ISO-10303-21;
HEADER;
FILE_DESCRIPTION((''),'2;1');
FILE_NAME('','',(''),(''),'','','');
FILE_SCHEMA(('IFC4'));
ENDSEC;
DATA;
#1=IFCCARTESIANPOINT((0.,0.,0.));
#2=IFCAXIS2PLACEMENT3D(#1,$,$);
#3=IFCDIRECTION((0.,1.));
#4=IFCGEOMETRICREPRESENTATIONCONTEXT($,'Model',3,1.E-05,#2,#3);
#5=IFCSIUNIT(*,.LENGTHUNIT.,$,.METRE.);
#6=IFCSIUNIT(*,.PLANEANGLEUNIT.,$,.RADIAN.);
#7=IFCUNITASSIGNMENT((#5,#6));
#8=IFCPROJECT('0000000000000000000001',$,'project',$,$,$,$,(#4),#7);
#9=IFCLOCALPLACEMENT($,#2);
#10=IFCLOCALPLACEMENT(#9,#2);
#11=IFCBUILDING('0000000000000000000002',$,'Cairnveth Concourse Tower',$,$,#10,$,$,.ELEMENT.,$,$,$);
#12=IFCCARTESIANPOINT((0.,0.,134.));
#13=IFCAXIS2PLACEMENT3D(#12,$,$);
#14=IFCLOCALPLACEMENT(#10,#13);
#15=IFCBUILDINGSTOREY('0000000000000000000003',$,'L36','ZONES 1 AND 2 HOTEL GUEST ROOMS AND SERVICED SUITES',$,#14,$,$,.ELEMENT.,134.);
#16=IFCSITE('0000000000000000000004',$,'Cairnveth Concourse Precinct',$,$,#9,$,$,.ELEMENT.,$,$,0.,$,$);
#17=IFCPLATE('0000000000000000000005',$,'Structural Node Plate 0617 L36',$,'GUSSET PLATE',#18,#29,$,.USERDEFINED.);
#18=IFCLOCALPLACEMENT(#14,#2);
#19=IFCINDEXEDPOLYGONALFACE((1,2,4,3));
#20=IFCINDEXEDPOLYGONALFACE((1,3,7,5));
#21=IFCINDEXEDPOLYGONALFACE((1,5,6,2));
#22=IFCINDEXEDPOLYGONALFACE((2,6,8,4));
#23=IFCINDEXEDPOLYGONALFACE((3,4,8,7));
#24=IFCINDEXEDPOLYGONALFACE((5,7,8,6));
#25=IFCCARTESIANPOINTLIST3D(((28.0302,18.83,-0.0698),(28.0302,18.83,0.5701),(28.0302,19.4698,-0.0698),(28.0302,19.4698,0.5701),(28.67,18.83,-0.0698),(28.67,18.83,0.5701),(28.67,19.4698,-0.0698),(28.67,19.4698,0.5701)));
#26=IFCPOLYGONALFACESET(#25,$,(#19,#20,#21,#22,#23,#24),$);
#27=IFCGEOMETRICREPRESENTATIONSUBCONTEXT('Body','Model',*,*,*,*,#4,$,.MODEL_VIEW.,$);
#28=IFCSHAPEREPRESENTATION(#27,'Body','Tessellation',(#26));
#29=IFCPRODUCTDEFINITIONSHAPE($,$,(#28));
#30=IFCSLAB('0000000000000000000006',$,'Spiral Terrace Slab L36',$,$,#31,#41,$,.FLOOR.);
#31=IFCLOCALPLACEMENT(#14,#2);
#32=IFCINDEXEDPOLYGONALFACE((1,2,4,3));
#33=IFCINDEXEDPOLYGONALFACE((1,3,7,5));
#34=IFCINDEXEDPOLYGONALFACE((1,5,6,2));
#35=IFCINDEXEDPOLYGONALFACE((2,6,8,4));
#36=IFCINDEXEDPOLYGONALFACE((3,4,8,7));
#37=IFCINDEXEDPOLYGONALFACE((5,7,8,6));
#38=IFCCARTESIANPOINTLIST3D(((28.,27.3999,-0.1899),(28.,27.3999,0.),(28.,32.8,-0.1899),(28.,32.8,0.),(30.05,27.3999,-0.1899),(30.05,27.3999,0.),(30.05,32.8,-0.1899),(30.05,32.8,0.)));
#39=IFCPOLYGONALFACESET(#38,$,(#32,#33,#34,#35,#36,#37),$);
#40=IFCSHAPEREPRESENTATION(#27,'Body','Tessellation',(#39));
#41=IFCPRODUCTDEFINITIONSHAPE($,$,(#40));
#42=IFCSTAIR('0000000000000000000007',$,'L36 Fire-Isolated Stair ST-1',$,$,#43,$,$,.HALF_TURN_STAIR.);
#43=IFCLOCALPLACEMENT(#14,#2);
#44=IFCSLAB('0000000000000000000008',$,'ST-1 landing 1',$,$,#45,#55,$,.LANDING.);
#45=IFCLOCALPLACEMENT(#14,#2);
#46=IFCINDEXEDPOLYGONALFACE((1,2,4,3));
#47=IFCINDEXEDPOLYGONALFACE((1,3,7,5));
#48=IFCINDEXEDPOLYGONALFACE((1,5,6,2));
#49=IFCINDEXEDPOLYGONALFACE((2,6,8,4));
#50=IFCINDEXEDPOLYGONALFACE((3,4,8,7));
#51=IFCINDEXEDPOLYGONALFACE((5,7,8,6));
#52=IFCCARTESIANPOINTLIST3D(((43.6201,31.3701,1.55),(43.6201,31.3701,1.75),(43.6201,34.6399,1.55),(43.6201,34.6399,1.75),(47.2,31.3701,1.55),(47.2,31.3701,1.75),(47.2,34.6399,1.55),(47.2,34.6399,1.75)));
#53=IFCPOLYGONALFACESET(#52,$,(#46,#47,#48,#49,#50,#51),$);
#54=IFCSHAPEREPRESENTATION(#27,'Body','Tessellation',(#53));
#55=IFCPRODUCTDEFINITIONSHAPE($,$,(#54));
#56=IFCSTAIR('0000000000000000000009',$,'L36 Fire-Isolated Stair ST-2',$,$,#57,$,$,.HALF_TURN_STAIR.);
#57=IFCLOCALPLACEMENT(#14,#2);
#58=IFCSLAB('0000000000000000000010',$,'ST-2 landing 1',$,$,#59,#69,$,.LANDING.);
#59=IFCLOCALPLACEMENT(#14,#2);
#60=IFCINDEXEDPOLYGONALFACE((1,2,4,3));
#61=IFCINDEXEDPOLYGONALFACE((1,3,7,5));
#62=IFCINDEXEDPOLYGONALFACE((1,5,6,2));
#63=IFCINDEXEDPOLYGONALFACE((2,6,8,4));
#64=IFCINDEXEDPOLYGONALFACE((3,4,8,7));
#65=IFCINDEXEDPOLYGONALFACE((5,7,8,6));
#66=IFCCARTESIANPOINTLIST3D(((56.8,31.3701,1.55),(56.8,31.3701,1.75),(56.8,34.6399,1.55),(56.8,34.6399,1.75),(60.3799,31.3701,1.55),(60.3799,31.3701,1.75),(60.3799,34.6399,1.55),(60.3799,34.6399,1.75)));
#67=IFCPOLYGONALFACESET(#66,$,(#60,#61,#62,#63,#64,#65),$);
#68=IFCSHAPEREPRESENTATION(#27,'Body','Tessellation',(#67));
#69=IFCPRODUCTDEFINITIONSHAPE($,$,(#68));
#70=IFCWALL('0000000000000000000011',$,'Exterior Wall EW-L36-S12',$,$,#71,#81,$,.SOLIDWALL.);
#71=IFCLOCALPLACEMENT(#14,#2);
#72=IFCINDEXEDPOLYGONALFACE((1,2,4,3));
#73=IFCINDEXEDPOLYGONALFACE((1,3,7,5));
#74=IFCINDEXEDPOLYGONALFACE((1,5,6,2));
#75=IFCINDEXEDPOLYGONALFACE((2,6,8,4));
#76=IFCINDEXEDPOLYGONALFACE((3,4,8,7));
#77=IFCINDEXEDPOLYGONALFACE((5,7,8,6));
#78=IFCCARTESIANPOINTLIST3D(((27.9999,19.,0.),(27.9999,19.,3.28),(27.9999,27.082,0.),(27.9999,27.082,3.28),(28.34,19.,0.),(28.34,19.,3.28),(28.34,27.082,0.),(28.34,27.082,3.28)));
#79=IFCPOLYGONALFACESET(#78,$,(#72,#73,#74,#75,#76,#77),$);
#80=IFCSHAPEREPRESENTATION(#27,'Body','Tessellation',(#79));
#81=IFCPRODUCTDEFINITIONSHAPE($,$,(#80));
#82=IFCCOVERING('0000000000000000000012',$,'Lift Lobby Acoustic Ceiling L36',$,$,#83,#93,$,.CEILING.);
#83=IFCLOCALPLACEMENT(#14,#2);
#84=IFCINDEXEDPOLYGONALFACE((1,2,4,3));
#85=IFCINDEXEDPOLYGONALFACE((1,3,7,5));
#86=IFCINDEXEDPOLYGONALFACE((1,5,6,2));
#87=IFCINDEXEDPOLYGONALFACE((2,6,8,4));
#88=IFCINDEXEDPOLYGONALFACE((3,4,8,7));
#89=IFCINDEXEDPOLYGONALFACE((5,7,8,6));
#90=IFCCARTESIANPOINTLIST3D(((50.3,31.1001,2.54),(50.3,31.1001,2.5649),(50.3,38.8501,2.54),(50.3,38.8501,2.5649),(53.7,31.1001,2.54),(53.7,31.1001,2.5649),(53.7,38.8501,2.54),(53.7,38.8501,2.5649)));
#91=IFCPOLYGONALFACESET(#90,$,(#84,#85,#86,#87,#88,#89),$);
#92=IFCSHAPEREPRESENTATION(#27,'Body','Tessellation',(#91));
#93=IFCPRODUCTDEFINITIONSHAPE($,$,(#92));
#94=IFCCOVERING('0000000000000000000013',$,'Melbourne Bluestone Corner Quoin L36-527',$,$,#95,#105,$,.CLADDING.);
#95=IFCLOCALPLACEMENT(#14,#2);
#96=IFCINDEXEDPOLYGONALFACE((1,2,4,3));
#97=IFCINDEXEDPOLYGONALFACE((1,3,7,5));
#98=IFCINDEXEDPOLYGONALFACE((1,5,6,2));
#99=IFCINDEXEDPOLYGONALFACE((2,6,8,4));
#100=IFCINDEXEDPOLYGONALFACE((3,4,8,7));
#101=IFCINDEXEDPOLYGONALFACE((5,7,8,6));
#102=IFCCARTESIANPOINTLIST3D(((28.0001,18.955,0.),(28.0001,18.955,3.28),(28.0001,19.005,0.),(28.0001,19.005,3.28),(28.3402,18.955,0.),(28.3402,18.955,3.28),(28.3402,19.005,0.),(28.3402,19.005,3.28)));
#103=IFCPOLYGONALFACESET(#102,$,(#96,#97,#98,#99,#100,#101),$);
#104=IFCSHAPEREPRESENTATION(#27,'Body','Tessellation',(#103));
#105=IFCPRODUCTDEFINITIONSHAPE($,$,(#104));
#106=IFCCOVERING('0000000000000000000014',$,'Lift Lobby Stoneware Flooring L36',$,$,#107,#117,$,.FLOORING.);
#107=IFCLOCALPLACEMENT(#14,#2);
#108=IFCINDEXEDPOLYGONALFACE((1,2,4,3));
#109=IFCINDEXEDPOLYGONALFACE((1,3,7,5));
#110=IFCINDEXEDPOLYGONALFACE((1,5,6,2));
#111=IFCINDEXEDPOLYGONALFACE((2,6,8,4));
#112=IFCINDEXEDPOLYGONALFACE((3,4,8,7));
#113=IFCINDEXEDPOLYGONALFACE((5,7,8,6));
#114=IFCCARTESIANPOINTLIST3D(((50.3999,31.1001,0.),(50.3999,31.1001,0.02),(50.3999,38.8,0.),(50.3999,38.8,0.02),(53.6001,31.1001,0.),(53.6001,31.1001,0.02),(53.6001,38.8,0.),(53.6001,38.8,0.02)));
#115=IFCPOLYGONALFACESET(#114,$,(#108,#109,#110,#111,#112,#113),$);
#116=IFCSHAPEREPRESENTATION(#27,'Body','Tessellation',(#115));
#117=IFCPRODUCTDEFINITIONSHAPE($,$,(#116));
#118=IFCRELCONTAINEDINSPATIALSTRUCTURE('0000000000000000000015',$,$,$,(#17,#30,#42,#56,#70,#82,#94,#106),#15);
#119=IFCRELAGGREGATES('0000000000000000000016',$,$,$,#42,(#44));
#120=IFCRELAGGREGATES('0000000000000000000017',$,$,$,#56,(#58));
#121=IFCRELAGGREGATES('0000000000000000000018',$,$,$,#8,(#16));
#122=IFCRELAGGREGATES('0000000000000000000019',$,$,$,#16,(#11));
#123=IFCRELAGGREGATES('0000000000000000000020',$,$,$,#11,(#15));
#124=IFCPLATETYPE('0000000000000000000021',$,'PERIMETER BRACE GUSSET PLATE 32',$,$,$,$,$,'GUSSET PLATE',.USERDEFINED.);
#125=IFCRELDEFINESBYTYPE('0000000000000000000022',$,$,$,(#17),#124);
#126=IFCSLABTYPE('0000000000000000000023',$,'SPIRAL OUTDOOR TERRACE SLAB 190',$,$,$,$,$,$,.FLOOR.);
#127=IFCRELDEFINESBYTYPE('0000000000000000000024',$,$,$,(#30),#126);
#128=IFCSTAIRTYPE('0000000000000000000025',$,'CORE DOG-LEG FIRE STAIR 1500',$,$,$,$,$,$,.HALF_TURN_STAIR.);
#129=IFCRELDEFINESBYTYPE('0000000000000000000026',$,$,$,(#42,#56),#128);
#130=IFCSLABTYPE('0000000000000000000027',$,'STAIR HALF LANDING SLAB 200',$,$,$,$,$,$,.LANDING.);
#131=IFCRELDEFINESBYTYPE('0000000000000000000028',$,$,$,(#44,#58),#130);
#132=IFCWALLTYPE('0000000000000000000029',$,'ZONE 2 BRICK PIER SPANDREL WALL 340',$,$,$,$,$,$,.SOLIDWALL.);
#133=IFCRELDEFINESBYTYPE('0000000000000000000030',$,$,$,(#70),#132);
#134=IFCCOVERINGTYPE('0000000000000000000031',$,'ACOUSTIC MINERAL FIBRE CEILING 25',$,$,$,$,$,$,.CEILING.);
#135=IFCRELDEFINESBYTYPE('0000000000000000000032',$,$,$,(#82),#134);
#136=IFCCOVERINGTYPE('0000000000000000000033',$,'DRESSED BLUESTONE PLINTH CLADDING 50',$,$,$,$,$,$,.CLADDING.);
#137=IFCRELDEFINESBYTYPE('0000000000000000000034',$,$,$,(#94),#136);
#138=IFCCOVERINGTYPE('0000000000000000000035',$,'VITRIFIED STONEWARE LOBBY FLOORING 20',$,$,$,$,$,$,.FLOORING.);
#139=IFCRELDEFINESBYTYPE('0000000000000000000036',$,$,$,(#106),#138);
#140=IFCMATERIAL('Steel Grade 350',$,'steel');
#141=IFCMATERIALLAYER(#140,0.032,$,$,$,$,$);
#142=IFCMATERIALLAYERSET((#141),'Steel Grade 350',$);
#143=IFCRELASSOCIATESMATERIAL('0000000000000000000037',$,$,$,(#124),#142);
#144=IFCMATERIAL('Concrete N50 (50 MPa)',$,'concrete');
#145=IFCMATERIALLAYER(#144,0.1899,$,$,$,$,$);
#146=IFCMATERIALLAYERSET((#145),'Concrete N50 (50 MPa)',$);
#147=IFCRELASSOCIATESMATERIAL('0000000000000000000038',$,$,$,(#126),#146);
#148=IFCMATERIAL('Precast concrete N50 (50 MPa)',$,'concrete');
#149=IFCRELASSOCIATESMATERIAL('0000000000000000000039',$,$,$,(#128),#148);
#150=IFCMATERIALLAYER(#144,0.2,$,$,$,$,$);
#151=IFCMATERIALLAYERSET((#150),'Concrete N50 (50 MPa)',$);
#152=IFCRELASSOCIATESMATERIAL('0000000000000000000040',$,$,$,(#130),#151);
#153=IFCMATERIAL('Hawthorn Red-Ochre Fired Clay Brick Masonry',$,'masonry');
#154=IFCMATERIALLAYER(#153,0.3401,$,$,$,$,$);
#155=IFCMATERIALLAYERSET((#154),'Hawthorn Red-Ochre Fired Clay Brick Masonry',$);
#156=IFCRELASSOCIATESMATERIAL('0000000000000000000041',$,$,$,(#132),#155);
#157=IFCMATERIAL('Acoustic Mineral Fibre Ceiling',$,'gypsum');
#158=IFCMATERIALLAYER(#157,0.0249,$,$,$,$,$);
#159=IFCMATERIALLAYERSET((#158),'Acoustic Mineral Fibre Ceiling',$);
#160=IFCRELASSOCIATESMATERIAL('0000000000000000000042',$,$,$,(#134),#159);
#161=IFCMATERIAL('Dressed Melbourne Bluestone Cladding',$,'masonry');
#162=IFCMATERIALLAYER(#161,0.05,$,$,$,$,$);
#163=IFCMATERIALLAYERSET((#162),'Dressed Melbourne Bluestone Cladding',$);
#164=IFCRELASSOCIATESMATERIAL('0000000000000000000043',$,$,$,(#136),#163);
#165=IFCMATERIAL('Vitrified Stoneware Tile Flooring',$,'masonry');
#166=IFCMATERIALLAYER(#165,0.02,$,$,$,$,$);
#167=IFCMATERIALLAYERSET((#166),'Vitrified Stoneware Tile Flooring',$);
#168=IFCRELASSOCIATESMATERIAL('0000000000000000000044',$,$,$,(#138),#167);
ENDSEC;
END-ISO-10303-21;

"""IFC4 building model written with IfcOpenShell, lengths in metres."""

from ifc_helpers import new_model, si_unit, direction, frame, frame_2d, origin, origin_2d, place, context, subcontext, project, spatial, polyline, rectangle, outline, extrude, material, layer, layer_set, type_object, element, aggregate, save


model = new_model("IFC4")

# Units and contexts
model_context = context("Model", 3, precision=1e-05, world=origin(), true_north=direction((0.0, 1.0)))
body_context = subcontext(model_context, "Body", "Model", "MODEL_VIEW")
ifc_project = project(units=[si_unit("LENGTHUNIT", "METRE"), si_unit("PLANEANGLEUNIT", "RADIAN")], contexts=[model_context])

# Site, building, storey
site_placement = place(None, origin())
site = spatial("IfcSite", under=ifc_project, at=site_placement, Name="Cairnveth Concourse Precinct", CompositionType="ELEMENT", RefElevation=0.0)
building_placement = place(site_placement, origin())
building = spatial("IfcBuilding", under=site, at=building_placement, Name="Cairnveth Concourse Tower", CompositionType="ELEMENT")
storey_placement = place(building_placement, frame((0.0, 0.0, 134.0)))
storey = spatial("IfcBuildingStorey", under=building, at=storey_placement, Name="L36", Description="ZONES 1 AND 2 HOTEL GUEST ROOMS AND SERVICED SUITES", CompositionType="ELEMENT", Elevation=134.0)

# Shared definitions
ifc_material_1 = material(Name="Steel Grade 350", Category="steel")

# Shared definitions
ifc_material_2 = material(Name="Concrete N50 (50 MPa)", Category="concrete")

# Plate
ifc_layer_1 = layer(ifc_material_1, 0.032)
ifc_layer_set_1 = layer_set([ifc_layer_1], Name="Steel Grade 350")
plate_type = type_object("IfcPlateType", Name="PERIMETER BRACE GUSSET PLATE 32", ElementType="GUSSET PLATE", PredefinedType="USERDEFINED", material=ifc_layer_set_1)
plate_placement = place(storey_placement, frame((28.3501, 19.1499, -0.0698), z_axis=(0.0, 0.0, 1.0), x_axis=(1.0, 0.0, 0.0)))
element("IfcPlate", 1, at=plate_placement, inside=storey, type_object=plate_type, Name="Structural Node Plate 0617 L36", ObjectType="GUSSET PLATE", PredefinedType="USERDEFINED", context=body_context, shape_type="SweptSolid", body=[
    extrude(rectangle(XDim=0.6399, YDim=0.6399, at=origin_2d()), origin(), (0.0, 0.0, 1.0), 0.6399),
])

# Slab
ifc_layer_2 = layer(ifc_material_2, 0.1899)
ifc_layer_set_2 = layer_set([ifc_layer_2], Name="Concrete N50 (50 MPa)")
slab_type_1 = type_object("IfcSlabType", Name="SPIRAL OUTDOOR TERRACE SLAB 190", PredefinedType="FLOOR", material=ifc_layer_set_2)
slab_1_placement = place(storey_placement, frame((0.0, 0.0, -0.1899)))
element("IfcSlab", 2, at=slab_1_placement, inside=storey, type_object=slab_type_1, Name="Spiral Terrace Slab L36", PredefinedType="FLOOR", context=body_context, shape_type="SweptSolid", body=[
    extrude(outline(polyline([(28.0, 27.3999), (30.05, 27.3999), (30.05, 32.8), (28.0, 32.8), (28.0, 27.3999)])), origin(), (0.0, 0.0, 1.0), 0.1899),
])

# Stairs, slabs
ifc_material_3 = material(Name="Precast concrete N50 (50 MPa)", Category="concrete")
stair_type = type_object("IfcStairType", Name="CORE DOG-LEG FIRE STAIR 1500", PredefinedType="HALF_TURN_STAIR", material=ifc_material_3)
stair_1_placement = place(storey_placement, origin())
stair_1 = element("IfcStair", 3, at=stair_1_placement, inside=storey, type_object=stair_type, Name="L36 Fire-Isolated Stair ST-1", PredefinedType="HALF_TURN_STAIR")
ifc_layer_3 = layer(ifc_material_2, 0.2)
ifc_layer_set_3 = layer_set([ifc_layer_3], Name="Concrete N50 (50 MPa)")
slab_type_2 = type_object("IfcSlabType", Name="STAIR HALF LANDING SLAB 200", PredefinedType="LANDING", material=ifc_layer_set_3)
slab_2_placement = place(storey_placement, frame((0.0, 0.0, 1.55)))
slab_2 = element("IfcSlab", 4, at=slab_2_placement, type_object=slab_type_2, Name="ST-1 landing 1", PredefinedType="LANDING", context=body_context, shape_type="SweptSolid", body=[
    extrude(outline(polyline([(43.6201, 34.6399), (43.6201, 31.3701), (47.2, 31.3701), (47.2, 34.6399), (43.6201, 34.6399)])), origin(), (0.0, 0.0, 1.0), 0.2),
])
aggregate(stair_1, [slab_2])
stair_2_placement = place(storey_placement, origin())
stair_2 = element("IfcStair", 5, at=stair_2_placement, inside=storey, type_object=stair_type, Name="L36 Fire-Isolated Stair ST-2", PredefinedType="HALF_TURN_STAIR")
slab_3_placement = place(storey_placement, frame((0.0, 0.0, 1.55)))
slab_3 = element("IfcSlab", 6, at=slab_3_placement, type_object=slab_type_2, Name="ST-2 landing 1", PredefinedType="LANDING", context=body_context, shape_type="SweptSolid", body=[
    extrude(outline(polyline([(56.8, 34.6399), (56.8, 31.3701), (60.3799, 31.3701), (60.3799, 34.6399), (56.8, 34.6399)])), origin(), (0.0, 0.0, 1.0), 0.2),
])
aggregate(stair_2, [slab_3])

# Wall
ifc_material_4 = material(Name="Hawthorn Red-Ochre Fired Clay Brick Masonry", Category="masonry")
ifc_layer_4 = layer(ifc_material_4, 0.3401)
ifc_layer_set_4 = layer_set([ifc_layer_4], Name="Hawthorn Red-Ochre Fired Clay Brick Masonry")
wall_type = type_object("IfcWallType", Name="ZONE 2 BRICK PIER SPANDREL WALL 340", PredefinedType="SOLIDWALL", material=ifc_layer_set_4)
wall_placement = place(storey_placement, frame((28.1699, 19.0, 0.0), z_axis=(0.0, 0.0, 1.0), x_axis=(0.0, 1.0, 0.0)))
element("IfcWall", 7, at=wall_placement, inside=storey, type_object=wall_type, Name="Exterior Wall EW-L36-S12", PredefinedType="SOLIDWALL", context=body_context, shape_type="SweptSolid", body=[
    extrude(rectangle(XDim=8.082, YDim=0.3401, at=frame_2d((4.041, 0.0))), origin(), (0.0, 0.0, 1.0), 3.28),
])

# Coverings
ifc_material_5 = material(Name="Acoustic Mineral Fibre Ceiling", Category="gypsum")
ifc_layer_5 = layer(ifc_material_5, 0.0249)
ifc_layer_set_5 = layer_set([ifc_layer_5], Name="Acoustic Mineral Fibre Ceiling")
covering_type_1 = type_object("IfcCoveringType", Name="ACOUSTIC MINERAL FIBRE CEILING 25", PredefinedType="CEILING", material=ifc_layer_set_5)
covering_1_placement = place(storey_placement, frame((0.0, 0.0, 2.54)))
element("IfcCovering", 8, at=covering_1_placement, inside=storey, type_object=covering_type_1, Name="Lift Lobby Acoustic Ceiling L36", PredefinedType="CEILING", context=body_context, shape_type="SweptSolid", body=[
    extrude(outline(polyline([(50.3, 31.1001), (53.7, 31.1001), (53.7, 38.8501), (50.3, 38.8501), (50.3, 31.1001)])), origin(), (0.0, 0.0, 1.0), 0.0249),
])
ifc_material_6 = material(Name="Dressed Melbourne Bluestone Cladding", Category="masonry")
ifc_layer_6 = layer(ifc_material_6, 0.05)
ifc_layer_set_6 = layer_set([ifc_layer_6], Name="Dressed Melbourne Bluestone Cladding")
covering_type_2 = type_object("IfcCoveringType", Name="DRESSED BLUESTONE PLINTH CLADDING 50", PredefinedType="CLADDING", material=ifc_layer_set_6)
covering_2_placement = place(storey_placement, frame((28.3401, 18.98, 0.0), z_axis=(0.0, 0.0, 1.0), x_axis=(-1.0, 0.0, 0.0)))
element("IfcCovering", 9, at=covering_2_placement, inside=storey, type_object=covering_type_2, Name="Melbourne Bluestone Corner Quoin L36-527", PredefinedType="CLADDING", context=body_context, shape_type="SweptSolid", body=[
    extrude(rectangle(XDim=0.3401, YDim=0.05, at=frame_2d((0.1699, 0.0))), origin(), (0.0, 0.0, 1.0), 3.28),
])
ifc_material_7 = material(Name="Vitrified Stoneware Tile Flooring", Category="masonry")
ifc_layer_7 = layer(ifc_material_7, 0.02)
ifc_layer_set_7 = layer_set([ifc_layer_7], Name="Vitrified Stoneware Tile Flooring")
covering_type_3 = type_object("IfcCoveringType", Name="VITRIFIED STONEWARE LOBBY FLOORING 20", PredefinedType="FLOORING", material=ifc_layer_set_7)
covering_3_placement = place(storey_placement, origin())
element("IfcCovering", 10, at=covering_3_placement, inside=storey, type_object=covering_type_3, Name="Lift Lobby Stoneware Flooring L36", PredefinedType="FLOORING", context=body_context, shape_type="SweptSolid", body=[
    extrude(outline(polyline([(50.3999, 31.1001), (53.6001, 31.1001), (53.6001, 38.8), (50.3999, 38.8), (50.3999, 31.1001)])), origin(), (0.0, 0.0, 1.0), 0.02),
])

save(model, "model.ifc")
